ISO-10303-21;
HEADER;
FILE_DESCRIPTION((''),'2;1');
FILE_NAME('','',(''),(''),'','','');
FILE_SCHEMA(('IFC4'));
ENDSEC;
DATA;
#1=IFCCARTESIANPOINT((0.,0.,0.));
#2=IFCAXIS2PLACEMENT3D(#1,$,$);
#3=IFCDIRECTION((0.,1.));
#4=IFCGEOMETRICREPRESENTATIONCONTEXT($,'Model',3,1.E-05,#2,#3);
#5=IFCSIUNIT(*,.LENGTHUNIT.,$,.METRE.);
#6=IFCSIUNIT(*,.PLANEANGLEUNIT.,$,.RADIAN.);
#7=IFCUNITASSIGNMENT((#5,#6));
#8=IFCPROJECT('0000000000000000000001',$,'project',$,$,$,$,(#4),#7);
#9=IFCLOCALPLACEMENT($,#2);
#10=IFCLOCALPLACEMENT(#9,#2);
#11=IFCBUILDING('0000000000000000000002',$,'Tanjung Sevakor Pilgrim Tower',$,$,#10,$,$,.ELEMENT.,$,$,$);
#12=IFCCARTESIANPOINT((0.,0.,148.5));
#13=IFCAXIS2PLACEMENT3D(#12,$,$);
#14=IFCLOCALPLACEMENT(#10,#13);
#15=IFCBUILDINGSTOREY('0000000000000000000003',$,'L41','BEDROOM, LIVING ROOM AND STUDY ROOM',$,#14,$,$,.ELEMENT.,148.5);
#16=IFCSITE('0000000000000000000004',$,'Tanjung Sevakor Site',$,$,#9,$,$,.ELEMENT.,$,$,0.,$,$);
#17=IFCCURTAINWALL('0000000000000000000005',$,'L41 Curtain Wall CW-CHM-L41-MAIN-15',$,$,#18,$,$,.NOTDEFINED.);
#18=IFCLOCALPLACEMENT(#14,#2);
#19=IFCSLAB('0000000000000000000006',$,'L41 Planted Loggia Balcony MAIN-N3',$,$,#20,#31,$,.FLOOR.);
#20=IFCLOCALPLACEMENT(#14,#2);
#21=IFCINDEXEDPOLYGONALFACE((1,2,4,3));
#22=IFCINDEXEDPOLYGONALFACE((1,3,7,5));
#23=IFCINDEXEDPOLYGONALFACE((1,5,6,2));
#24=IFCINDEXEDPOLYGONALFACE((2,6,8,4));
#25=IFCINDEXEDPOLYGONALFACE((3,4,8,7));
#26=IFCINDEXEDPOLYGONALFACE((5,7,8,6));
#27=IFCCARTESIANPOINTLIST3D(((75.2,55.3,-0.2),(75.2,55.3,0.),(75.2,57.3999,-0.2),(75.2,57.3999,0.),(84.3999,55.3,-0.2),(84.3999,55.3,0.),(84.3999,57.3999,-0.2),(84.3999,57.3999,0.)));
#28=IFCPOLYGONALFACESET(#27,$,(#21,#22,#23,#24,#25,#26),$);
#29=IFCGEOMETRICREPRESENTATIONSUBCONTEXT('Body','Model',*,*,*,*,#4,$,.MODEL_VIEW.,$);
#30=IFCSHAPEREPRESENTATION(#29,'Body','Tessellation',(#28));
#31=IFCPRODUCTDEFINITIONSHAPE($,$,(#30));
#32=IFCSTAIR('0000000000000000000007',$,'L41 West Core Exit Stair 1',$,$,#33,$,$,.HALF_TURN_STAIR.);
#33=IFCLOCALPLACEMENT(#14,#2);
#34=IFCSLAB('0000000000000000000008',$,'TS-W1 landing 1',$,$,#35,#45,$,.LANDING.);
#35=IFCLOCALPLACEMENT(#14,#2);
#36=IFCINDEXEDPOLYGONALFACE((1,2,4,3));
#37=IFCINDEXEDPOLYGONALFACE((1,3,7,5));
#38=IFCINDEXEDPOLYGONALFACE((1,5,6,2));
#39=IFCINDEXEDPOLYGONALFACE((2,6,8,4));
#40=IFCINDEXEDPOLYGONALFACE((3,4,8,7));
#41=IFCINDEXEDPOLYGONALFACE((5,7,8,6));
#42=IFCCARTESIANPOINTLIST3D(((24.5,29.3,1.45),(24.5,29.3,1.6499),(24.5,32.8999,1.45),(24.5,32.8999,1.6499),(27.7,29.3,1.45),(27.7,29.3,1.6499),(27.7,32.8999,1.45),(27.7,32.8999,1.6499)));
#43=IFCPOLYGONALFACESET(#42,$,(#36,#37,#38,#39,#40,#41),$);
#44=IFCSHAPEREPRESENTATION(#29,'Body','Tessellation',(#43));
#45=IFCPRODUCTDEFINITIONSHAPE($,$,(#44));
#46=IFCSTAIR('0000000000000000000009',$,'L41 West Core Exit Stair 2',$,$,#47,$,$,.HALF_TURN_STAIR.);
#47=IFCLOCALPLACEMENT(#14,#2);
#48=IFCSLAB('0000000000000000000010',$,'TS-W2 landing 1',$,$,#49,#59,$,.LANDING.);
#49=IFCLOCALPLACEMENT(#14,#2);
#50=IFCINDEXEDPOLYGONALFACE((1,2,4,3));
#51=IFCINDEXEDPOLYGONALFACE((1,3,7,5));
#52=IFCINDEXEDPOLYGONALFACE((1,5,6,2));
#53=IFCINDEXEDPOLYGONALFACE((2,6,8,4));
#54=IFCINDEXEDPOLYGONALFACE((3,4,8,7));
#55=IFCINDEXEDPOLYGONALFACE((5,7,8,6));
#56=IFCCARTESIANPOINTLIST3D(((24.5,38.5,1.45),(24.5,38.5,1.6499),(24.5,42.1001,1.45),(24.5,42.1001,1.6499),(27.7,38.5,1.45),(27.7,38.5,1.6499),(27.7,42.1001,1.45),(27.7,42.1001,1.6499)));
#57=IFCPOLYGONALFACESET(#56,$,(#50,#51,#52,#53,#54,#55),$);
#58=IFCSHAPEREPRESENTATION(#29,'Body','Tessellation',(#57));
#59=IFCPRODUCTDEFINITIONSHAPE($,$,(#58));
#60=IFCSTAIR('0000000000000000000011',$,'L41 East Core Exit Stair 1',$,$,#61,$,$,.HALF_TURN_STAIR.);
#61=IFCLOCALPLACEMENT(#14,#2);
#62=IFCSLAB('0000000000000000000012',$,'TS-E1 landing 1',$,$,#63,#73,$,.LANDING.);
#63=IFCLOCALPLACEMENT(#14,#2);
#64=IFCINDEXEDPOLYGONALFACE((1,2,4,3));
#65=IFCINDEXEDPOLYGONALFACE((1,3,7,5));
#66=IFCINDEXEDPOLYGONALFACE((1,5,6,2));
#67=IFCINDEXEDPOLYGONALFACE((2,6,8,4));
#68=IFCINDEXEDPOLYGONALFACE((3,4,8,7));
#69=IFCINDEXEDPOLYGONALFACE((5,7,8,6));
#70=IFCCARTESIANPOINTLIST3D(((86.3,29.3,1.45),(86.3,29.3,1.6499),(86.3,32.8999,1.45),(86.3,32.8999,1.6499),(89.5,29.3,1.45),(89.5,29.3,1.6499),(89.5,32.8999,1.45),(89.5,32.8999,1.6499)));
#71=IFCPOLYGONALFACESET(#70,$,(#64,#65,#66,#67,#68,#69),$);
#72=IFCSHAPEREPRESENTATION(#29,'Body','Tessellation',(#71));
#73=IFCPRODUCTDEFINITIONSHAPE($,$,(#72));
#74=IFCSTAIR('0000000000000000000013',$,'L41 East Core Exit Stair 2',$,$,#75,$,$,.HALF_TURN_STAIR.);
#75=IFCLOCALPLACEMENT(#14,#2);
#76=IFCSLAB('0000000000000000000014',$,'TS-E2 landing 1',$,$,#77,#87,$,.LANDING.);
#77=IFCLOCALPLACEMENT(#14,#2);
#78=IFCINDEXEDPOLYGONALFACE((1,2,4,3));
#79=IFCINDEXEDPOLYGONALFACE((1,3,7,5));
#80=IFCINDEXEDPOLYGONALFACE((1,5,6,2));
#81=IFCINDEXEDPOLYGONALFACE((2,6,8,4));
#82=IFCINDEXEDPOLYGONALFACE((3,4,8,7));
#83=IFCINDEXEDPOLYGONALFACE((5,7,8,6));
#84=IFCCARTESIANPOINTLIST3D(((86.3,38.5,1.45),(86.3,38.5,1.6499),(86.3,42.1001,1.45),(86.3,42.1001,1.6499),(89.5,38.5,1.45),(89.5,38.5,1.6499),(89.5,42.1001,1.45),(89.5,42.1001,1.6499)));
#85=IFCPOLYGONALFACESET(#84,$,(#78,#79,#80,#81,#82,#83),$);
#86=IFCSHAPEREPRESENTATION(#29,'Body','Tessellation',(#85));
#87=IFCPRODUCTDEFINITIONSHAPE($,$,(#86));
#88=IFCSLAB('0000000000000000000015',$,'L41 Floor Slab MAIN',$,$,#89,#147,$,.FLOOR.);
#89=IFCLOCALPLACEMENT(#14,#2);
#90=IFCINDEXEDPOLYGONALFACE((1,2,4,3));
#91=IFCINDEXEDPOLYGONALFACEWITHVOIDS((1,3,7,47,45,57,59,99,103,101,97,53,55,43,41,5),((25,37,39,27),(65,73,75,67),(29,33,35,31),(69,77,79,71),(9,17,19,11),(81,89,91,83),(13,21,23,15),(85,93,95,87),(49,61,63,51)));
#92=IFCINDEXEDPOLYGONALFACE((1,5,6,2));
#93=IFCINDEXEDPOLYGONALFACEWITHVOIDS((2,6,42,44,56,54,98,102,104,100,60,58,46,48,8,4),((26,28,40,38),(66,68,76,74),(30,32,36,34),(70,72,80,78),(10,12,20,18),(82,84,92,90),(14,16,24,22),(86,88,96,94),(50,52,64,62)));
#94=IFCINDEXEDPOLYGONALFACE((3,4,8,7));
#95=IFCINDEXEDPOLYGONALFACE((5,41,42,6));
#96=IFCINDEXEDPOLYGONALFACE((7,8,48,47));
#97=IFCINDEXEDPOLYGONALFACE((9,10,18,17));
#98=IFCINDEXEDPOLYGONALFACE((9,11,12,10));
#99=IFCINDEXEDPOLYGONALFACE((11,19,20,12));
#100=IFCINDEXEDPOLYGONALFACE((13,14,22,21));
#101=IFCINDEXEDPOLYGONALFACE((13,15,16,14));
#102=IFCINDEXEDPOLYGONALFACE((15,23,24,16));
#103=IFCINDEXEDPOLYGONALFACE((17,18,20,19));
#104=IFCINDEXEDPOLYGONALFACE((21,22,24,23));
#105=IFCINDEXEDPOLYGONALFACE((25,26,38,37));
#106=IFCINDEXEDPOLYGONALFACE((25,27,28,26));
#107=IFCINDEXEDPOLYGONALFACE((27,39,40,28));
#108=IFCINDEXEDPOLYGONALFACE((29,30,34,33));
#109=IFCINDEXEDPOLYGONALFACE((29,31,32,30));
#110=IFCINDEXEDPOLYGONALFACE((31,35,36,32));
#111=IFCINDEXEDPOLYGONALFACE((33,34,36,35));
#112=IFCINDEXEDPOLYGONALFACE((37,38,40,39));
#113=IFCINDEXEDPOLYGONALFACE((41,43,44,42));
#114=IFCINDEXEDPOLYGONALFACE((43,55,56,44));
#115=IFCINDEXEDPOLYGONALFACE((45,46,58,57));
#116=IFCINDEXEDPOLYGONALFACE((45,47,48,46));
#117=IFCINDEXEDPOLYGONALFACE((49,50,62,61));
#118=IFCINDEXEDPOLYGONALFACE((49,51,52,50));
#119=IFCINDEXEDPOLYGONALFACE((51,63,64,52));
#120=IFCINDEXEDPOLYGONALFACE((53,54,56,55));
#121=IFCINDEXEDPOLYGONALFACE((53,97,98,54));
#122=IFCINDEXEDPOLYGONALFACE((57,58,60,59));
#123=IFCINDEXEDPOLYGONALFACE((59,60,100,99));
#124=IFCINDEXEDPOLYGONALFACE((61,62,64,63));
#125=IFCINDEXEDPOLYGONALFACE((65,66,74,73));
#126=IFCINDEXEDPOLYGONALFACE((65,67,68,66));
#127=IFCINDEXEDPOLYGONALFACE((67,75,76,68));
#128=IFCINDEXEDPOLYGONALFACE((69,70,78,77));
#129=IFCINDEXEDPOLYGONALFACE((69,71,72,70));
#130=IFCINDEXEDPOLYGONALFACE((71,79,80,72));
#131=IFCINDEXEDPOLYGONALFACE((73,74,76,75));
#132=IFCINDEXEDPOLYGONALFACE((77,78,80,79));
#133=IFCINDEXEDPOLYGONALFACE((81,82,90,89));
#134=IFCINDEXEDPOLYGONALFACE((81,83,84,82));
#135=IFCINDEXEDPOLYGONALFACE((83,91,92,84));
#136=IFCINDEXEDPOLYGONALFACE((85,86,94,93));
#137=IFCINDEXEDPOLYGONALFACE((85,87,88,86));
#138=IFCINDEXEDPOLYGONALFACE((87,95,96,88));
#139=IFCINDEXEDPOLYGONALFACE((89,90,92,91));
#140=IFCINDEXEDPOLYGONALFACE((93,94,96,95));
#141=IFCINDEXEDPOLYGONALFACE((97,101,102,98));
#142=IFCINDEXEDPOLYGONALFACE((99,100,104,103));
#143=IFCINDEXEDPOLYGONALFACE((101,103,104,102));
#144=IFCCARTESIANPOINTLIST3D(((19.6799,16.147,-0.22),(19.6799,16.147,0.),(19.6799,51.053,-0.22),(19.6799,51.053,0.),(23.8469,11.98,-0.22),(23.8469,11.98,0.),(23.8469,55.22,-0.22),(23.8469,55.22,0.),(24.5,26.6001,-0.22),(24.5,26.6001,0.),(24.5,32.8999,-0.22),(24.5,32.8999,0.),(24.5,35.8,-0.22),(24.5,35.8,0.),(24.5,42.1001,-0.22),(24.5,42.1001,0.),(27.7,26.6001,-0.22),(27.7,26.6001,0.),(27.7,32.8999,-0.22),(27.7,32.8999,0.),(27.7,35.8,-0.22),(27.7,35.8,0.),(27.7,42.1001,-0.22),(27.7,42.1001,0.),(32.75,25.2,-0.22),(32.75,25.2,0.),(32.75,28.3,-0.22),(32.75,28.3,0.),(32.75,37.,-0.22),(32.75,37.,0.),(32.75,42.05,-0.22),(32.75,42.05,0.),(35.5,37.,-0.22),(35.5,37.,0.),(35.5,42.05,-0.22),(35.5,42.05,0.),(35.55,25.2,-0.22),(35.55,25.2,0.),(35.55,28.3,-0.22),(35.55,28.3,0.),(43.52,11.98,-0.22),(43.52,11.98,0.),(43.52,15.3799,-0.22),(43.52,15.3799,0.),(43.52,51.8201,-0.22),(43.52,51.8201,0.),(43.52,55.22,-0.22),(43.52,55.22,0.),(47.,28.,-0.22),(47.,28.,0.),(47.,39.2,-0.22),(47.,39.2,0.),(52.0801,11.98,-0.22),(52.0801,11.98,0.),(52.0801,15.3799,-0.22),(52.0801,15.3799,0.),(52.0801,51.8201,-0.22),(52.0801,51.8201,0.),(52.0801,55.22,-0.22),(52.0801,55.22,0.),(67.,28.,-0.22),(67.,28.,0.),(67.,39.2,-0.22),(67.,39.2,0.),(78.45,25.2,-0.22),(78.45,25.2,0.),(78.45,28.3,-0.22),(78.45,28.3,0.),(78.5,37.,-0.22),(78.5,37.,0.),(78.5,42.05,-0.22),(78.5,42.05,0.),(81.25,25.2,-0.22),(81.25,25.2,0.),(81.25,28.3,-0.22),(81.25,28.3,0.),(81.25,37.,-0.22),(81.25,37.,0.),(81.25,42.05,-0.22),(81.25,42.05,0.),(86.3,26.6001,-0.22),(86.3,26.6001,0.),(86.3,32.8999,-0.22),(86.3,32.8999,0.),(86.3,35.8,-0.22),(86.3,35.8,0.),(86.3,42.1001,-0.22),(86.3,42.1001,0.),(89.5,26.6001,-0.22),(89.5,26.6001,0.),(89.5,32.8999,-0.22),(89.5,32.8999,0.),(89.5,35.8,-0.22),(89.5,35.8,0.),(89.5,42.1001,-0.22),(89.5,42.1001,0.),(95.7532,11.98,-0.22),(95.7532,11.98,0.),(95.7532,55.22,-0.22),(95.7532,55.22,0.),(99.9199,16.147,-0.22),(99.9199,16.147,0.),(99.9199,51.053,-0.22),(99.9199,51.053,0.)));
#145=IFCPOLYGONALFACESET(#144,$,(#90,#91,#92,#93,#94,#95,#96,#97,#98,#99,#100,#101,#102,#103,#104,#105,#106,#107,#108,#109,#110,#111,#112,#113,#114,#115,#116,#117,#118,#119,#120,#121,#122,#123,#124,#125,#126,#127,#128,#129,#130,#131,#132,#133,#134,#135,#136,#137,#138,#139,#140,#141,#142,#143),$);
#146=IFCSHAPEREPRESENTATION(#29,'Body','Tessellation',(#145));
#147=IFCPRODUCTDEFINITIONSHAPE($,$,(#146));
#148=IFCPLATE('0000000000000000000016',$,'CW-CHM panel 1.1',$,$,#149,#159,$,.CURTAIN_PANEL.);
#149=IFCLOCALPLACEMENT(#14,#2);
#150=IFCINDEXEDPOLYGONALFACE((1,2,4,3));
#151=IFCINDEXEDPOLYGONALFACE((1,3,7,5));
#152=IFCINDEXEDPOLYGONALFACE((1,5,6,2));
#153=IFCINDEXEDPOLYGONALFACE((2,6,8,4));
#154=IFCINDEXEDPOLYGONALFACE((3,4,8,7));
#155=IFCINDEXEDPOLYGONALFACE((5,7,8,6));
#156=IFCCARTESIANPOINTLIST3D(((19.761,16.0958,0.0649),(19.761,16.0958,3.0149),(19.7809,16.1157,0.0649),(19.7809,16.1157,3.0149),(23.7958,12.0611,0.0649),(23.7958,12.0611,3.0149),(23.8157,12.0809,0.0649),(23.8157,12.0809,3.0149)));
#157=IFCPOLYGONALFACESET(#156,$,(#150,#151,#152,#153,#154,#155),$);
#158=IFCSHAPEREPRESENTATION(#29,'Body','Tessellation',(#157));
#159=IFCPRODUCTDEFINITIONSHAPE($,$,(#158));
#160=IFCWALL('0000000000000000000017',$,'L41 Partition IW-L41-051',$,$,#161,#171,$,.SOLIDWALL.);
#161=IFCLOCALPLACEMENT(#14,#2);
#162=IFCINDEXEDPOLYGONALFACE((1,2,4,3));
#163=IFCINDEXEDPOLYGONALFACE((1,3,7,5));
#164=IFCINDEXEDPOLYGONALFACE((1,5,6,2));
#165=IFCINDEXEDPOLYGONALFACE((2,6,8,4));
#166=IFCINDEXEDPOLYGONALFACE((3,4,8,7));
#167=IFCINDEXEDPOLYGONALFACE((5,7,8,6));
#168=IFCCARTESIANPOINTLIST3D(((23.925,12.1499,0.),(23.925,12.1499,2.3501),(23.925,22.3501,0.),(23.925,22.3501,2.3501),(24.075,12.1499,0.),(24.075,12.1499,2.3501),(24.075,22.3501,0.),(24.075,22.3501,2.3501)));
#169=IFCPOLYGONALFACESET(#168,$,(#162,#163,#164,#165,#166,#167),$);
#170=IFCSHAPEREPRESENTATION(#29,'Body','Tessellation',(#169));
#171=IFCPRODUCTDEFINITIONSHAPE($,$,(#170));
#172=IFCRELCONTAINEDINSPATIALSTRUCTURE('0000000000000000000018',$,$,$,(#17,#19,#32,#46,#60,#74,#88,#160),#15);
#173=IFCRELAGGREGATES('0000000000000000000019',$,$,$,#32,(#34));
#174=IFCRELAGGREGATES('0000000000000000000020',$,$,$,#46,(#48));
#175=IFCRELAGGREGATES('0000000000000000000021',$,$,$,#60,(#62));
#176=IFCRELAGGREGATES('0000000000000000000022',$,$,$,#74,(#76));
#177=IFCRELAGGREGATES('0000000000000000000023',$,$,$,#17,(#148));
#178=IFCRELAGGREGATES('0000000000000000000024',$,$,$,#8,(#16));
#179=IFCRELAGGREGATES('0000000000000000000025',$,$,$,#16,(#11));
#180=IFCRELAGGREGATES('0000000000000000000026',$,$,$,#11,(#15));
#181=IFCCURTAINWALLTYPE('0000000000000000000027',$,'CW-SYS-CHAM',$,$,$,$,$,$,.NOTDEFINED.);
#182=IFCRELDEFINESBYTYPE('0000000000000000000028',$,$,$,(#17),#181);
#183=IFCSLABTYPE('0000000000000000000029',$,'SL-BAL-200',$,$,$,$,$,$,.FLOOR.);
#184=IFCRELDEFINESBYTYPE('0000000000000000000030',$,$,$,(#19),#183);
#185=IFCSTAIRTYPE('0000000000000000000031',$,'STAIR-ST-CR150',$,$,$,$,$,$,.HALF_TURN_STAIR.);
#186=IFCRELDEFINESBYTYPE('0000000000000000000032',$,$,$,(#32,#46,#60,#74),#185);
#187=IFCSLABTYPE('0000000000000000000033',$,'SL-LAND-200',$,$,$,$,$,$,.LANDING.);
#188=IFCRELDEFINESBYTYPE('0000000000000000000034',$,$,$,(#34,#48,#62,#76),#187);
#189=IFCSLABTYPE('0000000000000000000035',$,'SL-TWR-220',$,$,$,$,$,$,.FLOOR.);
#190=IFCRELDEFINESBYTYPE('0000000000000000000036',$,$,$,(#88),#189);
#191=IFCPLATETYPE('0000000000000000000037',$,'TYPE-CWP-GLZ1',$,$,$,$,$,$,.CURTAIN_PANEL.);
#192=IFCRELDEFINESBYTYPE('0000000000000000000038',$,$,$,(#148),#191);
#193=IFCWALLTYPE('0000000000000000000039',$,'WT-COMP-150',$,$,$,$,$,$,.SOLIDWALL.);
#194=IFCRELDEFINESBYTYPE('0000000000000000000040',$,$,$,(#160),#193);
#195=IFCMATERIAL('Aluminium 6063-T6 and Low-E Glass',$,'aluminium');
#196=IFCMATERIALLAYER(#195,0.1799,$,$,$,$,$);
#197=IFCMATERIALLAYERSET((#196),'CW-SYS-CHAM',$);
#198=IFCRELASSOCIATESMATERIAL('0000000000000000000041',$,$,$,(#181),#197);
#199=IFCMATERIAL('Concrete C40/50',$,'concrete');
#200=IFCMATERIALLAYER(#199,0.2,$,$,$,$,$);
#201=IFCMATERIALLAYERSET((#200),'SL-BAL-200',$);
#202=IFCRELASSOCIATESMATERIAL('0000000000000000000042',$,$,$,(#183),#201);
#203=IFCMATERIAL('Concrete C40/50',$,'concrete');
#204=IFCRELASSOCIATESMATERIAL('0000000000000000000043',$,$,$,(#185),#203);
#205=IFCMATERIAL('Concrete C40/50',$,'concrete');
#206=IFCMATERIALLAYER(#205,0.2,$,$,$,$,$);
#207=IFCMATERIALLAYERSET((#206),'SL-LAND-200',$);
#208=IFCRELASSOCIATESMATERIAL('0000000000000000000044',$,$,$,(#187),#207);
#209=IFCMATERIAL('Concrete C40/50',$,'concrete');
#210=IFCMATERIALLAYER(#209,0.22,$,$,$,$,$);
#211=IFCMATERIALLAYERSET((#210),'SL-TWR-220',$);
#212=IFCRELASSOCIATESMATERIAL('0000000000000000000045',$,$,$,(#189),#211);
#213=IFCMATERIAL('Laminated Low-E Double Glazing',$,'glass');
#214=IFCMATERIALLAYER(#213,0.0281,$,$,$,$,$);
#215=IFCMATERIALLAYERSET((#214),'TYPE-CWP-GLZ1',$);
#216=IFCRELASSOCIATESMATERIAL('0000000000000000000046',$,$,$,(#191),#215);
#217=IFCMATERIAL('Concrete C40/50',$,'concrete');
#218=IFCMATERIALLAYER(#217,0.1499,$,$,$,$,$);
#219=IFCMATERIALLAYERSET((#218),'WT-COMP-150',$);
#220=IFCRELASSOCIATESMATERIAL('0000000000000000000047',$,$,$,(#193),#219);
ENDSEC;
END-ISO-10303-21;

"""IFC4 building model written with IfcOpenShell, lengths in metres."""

from ifc_helpers import new_model, si_unit, direction, frame, frame_2d, origin, origin_2d, place, context, subcontext, project, spatial, polyline, rectangle, outline, extrude, material, layer, layer_set, type_object, element, aggregate, save


model = new_model("IFC4")

# Units and contexts
model_context = context("Model", 3, precision=1e-05, world=origin(), true_north=direction((0.0, 1.0)))
body_context = subcontext(model_context, "Body", "Model", "MODEL_VIEW")
ifc_project = project(units=[si_unit("LENGTHUNIT", "METRE"), si_unit("PLANEANGLEUNIT", "RADIAN")], contexts=[model_context])

# Site, building, storey
site_placement = place(None, origin())
site = spatial("IfcSite", under=ifc_project, at=site_placement, Name="Tanjung Sevakor Site", CompositionType="ELEMENT", RefElevation=0.0)
building_placement = place(site_placement, origin())
building = spatial("IfcBuilding", under=site, at=building_placement, Name="Tanjung Sevakor Pilgrim Tower", CompositionType="ELEMENT")
storey_placement = place(building_placement, frame((0.0, 0.0, 148.5)))
storey = spatial("IfcBuildingStorey", under=building, at=storey_placement, Name="L41", Description="BEDROOM, LIVING ROOM AND STUDY ROOM", CompositionType="ELEMENT", Elevation=148.5)

# Curtain wall
ifc_material_1 = material(Name="Aluminium 6063-T6 and Low-E Glass", Category="aluminium")
ifc_layer_1 = layer(ifc_material_1, 0.1799)
ifc_layer_set_1 = layer_set([ifc_layer_1], Name="CW-SYS-CHAM")
curtain_wall_type = type_object("IfcCurtainWallType", Name="CW-SYS-CHAM", PredefinedType="NOTDEFINED", material=ifc_layer_set_1)
curtain_wall_placement = place(storey_placement, origin())
curtain_wall = element("IfcCurtainWall", 1, at=curtain_wall_placement, inside=storey, type_object=curtain_wall_type, Name="L41 Curtain Wall CW-CHM-L41-MAIN-15", PredefinedType="NOTDEFINED")

# Slab
ifc_material_2 = material(Name="Concrete C40/50", Category="concrete")
ifc_layer_2 = layer(ifc_material_2, 0.2)
ifc_layer_set_2 = layer_set([ifc_layer_2], Name="SL-BAL-200")
slab_type_1 = type_object("IfcSlabType", Name="SL-BAL-200", PredefinedType="FLOOR", material=ifc_layer_set_2)
slab_1_placement = place(storey_placement, frame((0.0, 0.0, -0.2)))
element("IfcSlab", 2, at=slab_1_placement, inside=storey, type_object=slab_type_1, Name="L41 Planted Loggia Balcony MAIN-N3", PredefinedType="FLOOR", context=body_context, shape_type="SweptSolid", body=[
    extrude(outline(polyline([(75.2, 55.3), (84.3999, 55.3), (84.3999, 57.3999), (75.2, 57.3999), (75.2, 55.3)])), origin(), (0.0, 0.0, 1.0), 0.2),
])

# Stairs, slabs
ifc_material_3 = material(Name="Concrete C40/50", Category="concrete")
stair_type = type_object("IfcStairType", Name="STAIR-ST-CR150", PredefinedType="HALF_TURN_STAIR", material=ifc_material_3)
stair_1_placement = place(storey_placement, origin())
stair_1 = element("IfcStair", 3, at=stair_1_placement, inside=storey, type_object=stair_type, Name="L41 West Core Exit Stair 1", PredefinedType="HALF_TURN_STAIR")
ifc_material_4 = material(Name="Concrete C40/50", Category="concrete")
ifc_layer_3 = layer(ifc_material_4, 0.2)
ifc_layer_set_3 = layer_set([ifc_layer_3], Name="SL-LAND-200")
slab_type_2 = type_object("IfcSlabType", Name="SL-LAND-200", PredefinedType="LANDING", material=ifc_layer_set_3)
slab_2_placement = place(storey_placement, frame((0.0, 0.0, 1.45)))
slab_2 = element("IfcSlab", 4, at=slab_2_placement, type_object=slab_type_2, Name="TS-W1 landing 1", PredefinedType="LANDING", context=body_context, shape_type="SweptSolid", body=[
    extrude(outline(polyline([(27.7, 29.3), (27.7, 32.8999), (24.5, 32.8999), (24.5, 29.3), (27.7, 29.3)])), origin(), (0.0, 0.0, 1.0), 0.2),
])
aggregate(stair_1, [slab_2])
stair_2_placement = place(storey_placement, origin())
stair_2 = element("IfcStair", 5, at=stair_2_placement, inside=storey, type_object=stair_type, Name="L41 West Core Exit Stair 2", PredefinedType="HALF_TURN_STAIR")
slab_3_placement = place(storey_placement, frame((0.0, 0.0, 1.45)))
slab_3 = element("IfcSlab", 6, at=slab_3_placement, type_object=slab_type_2, Name="TS-W2 landing 1", PredefinedType="LANDING", context=body_context, shape_type="SweptSolid", body=[
    extrude(outline(polyline([(27.7, 38.5), (27.7, 42.1001), (24.5, 42.1001), (24.5, 38.5), (27.7, 38.5)])), origin(), (0.0, 0.0, 1.0), 0.2),
])
aggregate(stair_2, [slab_3])
stair_3_placement = place(storey_placement, origin())
stair_3 = element("IfcStair", 7, at=stair_3_placement, inside=storey, type_object=stair_type, Name="L41 East Core Exit Stair 1", PredefinedType="HALF_TURN_STAIR")
slab_4_placement = place(storey_placement, frame((0.0, 0.0, 1.45)))
slab_4 = element("IfcSlab", 8, at=slab_4_placement, type_object=slab_type_2, Name="TS-E1 landing 1", PredefinedType="LANDING", context=body_context, shape_type="SweptSolid", body=[
    extrude(outline(polyline([(89.5, 29.3), (89.5, 32.8999), (86.3, 32.8999), (86.3, 29.3), (89.5, 29.3)])), origin(), (0.0, 0.0, 1.0), 0.2),
])
aggregate(stair_3, [slab_4])
stair_4_placement = place(storey_placement, origin())
stair_4 = element("IfcStair", 9, at=stair_4_placement, inside=storey, type_object=stair_type, Name="L41 East Core Exit Stair 2", PredefinedType="HALF_TURN_STAIR")
slab_5_placement = place(storey_placement, frame((0.0, 0.0, 1.45)))
slab_5 = element("IfcSlab", 10, at=slab_5_placement, type_object=slab_type_2, Name="TS-E2 landing 1", PredefinedType="LANDING", context=body_context, shape_type="SweptSolid", body=[
    extrude(outline(polyline([(89.5, 38.5), (89.5, 42.1001), (86.3, 42.1001), (86.3, 38.5), (89.5, 38.5)])), origin(), (0.0, 0.0, 1.0), 0.2),
])
aggregate(stair_4, [slab_5])

# Slab
ifc_material_5 = material(Name="Concrete C40/50", Category="concrete")
ifc_layer_4 = layer(ifc_material_5, 0.22)
ifc_layer_set_4 = layer_set([ifc_layer_4], Name="SL-TWR-220")
slab_type_3 = type_object("IfcSlabType", Name="SL-TWR-220", PredefinedType="FLOOR", material=ifc_layer_set_4)
slab_6_placement = place(storey_placement, frame((0.0, 0.0, -0.22)))
element("IfcSlab", 11, at=slab_6_placement, inside=storey, type_object=slab_type_3, Name="L41 Floor Slab MAIN", PredefinedType="FLOOR", context=body_context, shape_type="SweptSolid", body=[
    extrude(outline(polyline([(23.8469, 11.98), (43.52, 11.98), (43.52, 15.3799), (52.0801, 15.3799), (52.0801, 11.98), (95.7532, 11.98), (99.9199, 16.147), (99.9199, 51.053), (95.7532, 55.22), (52.0801, 55.22), (52.0801, 51.8201), (43.52, 51.8201), (43.52, 55.22), (23.8469, 55.22), (19.6799, 51.053), (19.6799, 16.147), (23.8469, 11.98)]), holes=[polyline([(27.7, 26.6001), (27.7, 32.8999), (24.5, 32.8999), (24.5, 26.6001), (27.7, 26.6001)]), polyline([(27.7, 35.8), (27.7, 42.1001), (24.5, 42.1001), (24.5, 35.8), (27.7, 35.8)]), polyline([(89.5, 26.6001), (89.5, 32.8999), (86.3, 32.8999), (86.3, 26.6001), (89.5, 26.6001)]), polyline([(89.5, 35.8), (89.5, 42.1001), (86.3, 42.1001), (86.3, 35.8), (89.5, 35.8)]), polyline([(32.75, 25.2), (35.55, 25.2), (35.55, 28.3), (32.75, 28.3), (32.75, 25.2)]), polyline([(32.75, 37.0), (35.5, 37.0), (35.5, 42.05), (32.75, 42.05), (32.75, 37.0)]), polyline([(78.45, 25.2), (81.25, 25.2), (81.25, 28.3), (78.45, 28.3), (78.45, 25.2)]), polyline([(78.5, 37.0), (81.25, 37.0), (81.25, 42.05), (78.5, 42.05), (78.5, 37.0)]), polyline([(47.0, 28.0), (67.0, 28.0), (67.0, 39.2), (47.0, 39.2), (47.0, 28.0)])]), origin(), (0.0, 0.0, 1.0), 0.22),
])

# Plate
ifc_material_6 = material(Name="Laminated Low-E Double Glazing", Category="glass")
ifc_layer_5 = layer(ifc_material_6, 0.0281)
ifc_layer_set_5 = layer_set([ifc_layer_5], Name="TYPE-CWP-GLZ1")
plate_type = type_object("IfcPlateType", Name="TYPE-CWP-GLZ1", PredefinedType="CURTAIN_PANEL", material=ifc_layer_set_5)
plate_placement = place(storey_placement, frame((21.7883, 14.0884, 0.0649), z_axis=(0.0, 0.0, 1.0), x_axis=(0.707107, -0.707107, 0.0)))
plate = element("IfcPlate", 12, at=plate_placement, type_object=plate_type, Name="CW-CHM panel 1.1", PredefinedType="CURTAIN_PANEL", context=body_context, shape_type="SweptSolid", body=[
    extrude(rectangle(XDim=5.7061, YDim=0.0281, at=origin_2d()), origin(), (0.0, 0.0, 1.0), 2.95),
])
aggregate(curtain_wall, [plate])

# Wall
ifc_material_7 = material(Name="Concrete C40/50", Category="concrete")
ifc_layer_6 = layer(ifc_material_7, 0.1499)
ifc_layer_set_6 = layer_set([ifc_layer_6], Name="WT-COMP-150")
wall_type_1 = type_object("IfcWallType", Name="WT-COMP-150", PredefinedType="SOLIDWALL", material=ifc_layer_set_6)
wall_1_placement = place(storey_placement, frame((24.0, 12.1499, 0.0), z_axis=(0.0, 0.0, 1.0), x_axis=(0.0, 1.0, 0.0)))
element("IfcWall", 13, at=wall_1_placement, inside=storey, type_object=wall_type_1, Name="L41 Partition IW-L41-051", PredefinedType="SOLIDWALL", context=body_context, shape_type="SweptSolid", body=[
    extrude(rectangle(XDim=10.2002, YDim=0.1499, at=frame_2d((5.1001, 0.0))), origin(), (0.0, 0.0, 1.0), 2.3501),
])

save(model, "model.ifc")
